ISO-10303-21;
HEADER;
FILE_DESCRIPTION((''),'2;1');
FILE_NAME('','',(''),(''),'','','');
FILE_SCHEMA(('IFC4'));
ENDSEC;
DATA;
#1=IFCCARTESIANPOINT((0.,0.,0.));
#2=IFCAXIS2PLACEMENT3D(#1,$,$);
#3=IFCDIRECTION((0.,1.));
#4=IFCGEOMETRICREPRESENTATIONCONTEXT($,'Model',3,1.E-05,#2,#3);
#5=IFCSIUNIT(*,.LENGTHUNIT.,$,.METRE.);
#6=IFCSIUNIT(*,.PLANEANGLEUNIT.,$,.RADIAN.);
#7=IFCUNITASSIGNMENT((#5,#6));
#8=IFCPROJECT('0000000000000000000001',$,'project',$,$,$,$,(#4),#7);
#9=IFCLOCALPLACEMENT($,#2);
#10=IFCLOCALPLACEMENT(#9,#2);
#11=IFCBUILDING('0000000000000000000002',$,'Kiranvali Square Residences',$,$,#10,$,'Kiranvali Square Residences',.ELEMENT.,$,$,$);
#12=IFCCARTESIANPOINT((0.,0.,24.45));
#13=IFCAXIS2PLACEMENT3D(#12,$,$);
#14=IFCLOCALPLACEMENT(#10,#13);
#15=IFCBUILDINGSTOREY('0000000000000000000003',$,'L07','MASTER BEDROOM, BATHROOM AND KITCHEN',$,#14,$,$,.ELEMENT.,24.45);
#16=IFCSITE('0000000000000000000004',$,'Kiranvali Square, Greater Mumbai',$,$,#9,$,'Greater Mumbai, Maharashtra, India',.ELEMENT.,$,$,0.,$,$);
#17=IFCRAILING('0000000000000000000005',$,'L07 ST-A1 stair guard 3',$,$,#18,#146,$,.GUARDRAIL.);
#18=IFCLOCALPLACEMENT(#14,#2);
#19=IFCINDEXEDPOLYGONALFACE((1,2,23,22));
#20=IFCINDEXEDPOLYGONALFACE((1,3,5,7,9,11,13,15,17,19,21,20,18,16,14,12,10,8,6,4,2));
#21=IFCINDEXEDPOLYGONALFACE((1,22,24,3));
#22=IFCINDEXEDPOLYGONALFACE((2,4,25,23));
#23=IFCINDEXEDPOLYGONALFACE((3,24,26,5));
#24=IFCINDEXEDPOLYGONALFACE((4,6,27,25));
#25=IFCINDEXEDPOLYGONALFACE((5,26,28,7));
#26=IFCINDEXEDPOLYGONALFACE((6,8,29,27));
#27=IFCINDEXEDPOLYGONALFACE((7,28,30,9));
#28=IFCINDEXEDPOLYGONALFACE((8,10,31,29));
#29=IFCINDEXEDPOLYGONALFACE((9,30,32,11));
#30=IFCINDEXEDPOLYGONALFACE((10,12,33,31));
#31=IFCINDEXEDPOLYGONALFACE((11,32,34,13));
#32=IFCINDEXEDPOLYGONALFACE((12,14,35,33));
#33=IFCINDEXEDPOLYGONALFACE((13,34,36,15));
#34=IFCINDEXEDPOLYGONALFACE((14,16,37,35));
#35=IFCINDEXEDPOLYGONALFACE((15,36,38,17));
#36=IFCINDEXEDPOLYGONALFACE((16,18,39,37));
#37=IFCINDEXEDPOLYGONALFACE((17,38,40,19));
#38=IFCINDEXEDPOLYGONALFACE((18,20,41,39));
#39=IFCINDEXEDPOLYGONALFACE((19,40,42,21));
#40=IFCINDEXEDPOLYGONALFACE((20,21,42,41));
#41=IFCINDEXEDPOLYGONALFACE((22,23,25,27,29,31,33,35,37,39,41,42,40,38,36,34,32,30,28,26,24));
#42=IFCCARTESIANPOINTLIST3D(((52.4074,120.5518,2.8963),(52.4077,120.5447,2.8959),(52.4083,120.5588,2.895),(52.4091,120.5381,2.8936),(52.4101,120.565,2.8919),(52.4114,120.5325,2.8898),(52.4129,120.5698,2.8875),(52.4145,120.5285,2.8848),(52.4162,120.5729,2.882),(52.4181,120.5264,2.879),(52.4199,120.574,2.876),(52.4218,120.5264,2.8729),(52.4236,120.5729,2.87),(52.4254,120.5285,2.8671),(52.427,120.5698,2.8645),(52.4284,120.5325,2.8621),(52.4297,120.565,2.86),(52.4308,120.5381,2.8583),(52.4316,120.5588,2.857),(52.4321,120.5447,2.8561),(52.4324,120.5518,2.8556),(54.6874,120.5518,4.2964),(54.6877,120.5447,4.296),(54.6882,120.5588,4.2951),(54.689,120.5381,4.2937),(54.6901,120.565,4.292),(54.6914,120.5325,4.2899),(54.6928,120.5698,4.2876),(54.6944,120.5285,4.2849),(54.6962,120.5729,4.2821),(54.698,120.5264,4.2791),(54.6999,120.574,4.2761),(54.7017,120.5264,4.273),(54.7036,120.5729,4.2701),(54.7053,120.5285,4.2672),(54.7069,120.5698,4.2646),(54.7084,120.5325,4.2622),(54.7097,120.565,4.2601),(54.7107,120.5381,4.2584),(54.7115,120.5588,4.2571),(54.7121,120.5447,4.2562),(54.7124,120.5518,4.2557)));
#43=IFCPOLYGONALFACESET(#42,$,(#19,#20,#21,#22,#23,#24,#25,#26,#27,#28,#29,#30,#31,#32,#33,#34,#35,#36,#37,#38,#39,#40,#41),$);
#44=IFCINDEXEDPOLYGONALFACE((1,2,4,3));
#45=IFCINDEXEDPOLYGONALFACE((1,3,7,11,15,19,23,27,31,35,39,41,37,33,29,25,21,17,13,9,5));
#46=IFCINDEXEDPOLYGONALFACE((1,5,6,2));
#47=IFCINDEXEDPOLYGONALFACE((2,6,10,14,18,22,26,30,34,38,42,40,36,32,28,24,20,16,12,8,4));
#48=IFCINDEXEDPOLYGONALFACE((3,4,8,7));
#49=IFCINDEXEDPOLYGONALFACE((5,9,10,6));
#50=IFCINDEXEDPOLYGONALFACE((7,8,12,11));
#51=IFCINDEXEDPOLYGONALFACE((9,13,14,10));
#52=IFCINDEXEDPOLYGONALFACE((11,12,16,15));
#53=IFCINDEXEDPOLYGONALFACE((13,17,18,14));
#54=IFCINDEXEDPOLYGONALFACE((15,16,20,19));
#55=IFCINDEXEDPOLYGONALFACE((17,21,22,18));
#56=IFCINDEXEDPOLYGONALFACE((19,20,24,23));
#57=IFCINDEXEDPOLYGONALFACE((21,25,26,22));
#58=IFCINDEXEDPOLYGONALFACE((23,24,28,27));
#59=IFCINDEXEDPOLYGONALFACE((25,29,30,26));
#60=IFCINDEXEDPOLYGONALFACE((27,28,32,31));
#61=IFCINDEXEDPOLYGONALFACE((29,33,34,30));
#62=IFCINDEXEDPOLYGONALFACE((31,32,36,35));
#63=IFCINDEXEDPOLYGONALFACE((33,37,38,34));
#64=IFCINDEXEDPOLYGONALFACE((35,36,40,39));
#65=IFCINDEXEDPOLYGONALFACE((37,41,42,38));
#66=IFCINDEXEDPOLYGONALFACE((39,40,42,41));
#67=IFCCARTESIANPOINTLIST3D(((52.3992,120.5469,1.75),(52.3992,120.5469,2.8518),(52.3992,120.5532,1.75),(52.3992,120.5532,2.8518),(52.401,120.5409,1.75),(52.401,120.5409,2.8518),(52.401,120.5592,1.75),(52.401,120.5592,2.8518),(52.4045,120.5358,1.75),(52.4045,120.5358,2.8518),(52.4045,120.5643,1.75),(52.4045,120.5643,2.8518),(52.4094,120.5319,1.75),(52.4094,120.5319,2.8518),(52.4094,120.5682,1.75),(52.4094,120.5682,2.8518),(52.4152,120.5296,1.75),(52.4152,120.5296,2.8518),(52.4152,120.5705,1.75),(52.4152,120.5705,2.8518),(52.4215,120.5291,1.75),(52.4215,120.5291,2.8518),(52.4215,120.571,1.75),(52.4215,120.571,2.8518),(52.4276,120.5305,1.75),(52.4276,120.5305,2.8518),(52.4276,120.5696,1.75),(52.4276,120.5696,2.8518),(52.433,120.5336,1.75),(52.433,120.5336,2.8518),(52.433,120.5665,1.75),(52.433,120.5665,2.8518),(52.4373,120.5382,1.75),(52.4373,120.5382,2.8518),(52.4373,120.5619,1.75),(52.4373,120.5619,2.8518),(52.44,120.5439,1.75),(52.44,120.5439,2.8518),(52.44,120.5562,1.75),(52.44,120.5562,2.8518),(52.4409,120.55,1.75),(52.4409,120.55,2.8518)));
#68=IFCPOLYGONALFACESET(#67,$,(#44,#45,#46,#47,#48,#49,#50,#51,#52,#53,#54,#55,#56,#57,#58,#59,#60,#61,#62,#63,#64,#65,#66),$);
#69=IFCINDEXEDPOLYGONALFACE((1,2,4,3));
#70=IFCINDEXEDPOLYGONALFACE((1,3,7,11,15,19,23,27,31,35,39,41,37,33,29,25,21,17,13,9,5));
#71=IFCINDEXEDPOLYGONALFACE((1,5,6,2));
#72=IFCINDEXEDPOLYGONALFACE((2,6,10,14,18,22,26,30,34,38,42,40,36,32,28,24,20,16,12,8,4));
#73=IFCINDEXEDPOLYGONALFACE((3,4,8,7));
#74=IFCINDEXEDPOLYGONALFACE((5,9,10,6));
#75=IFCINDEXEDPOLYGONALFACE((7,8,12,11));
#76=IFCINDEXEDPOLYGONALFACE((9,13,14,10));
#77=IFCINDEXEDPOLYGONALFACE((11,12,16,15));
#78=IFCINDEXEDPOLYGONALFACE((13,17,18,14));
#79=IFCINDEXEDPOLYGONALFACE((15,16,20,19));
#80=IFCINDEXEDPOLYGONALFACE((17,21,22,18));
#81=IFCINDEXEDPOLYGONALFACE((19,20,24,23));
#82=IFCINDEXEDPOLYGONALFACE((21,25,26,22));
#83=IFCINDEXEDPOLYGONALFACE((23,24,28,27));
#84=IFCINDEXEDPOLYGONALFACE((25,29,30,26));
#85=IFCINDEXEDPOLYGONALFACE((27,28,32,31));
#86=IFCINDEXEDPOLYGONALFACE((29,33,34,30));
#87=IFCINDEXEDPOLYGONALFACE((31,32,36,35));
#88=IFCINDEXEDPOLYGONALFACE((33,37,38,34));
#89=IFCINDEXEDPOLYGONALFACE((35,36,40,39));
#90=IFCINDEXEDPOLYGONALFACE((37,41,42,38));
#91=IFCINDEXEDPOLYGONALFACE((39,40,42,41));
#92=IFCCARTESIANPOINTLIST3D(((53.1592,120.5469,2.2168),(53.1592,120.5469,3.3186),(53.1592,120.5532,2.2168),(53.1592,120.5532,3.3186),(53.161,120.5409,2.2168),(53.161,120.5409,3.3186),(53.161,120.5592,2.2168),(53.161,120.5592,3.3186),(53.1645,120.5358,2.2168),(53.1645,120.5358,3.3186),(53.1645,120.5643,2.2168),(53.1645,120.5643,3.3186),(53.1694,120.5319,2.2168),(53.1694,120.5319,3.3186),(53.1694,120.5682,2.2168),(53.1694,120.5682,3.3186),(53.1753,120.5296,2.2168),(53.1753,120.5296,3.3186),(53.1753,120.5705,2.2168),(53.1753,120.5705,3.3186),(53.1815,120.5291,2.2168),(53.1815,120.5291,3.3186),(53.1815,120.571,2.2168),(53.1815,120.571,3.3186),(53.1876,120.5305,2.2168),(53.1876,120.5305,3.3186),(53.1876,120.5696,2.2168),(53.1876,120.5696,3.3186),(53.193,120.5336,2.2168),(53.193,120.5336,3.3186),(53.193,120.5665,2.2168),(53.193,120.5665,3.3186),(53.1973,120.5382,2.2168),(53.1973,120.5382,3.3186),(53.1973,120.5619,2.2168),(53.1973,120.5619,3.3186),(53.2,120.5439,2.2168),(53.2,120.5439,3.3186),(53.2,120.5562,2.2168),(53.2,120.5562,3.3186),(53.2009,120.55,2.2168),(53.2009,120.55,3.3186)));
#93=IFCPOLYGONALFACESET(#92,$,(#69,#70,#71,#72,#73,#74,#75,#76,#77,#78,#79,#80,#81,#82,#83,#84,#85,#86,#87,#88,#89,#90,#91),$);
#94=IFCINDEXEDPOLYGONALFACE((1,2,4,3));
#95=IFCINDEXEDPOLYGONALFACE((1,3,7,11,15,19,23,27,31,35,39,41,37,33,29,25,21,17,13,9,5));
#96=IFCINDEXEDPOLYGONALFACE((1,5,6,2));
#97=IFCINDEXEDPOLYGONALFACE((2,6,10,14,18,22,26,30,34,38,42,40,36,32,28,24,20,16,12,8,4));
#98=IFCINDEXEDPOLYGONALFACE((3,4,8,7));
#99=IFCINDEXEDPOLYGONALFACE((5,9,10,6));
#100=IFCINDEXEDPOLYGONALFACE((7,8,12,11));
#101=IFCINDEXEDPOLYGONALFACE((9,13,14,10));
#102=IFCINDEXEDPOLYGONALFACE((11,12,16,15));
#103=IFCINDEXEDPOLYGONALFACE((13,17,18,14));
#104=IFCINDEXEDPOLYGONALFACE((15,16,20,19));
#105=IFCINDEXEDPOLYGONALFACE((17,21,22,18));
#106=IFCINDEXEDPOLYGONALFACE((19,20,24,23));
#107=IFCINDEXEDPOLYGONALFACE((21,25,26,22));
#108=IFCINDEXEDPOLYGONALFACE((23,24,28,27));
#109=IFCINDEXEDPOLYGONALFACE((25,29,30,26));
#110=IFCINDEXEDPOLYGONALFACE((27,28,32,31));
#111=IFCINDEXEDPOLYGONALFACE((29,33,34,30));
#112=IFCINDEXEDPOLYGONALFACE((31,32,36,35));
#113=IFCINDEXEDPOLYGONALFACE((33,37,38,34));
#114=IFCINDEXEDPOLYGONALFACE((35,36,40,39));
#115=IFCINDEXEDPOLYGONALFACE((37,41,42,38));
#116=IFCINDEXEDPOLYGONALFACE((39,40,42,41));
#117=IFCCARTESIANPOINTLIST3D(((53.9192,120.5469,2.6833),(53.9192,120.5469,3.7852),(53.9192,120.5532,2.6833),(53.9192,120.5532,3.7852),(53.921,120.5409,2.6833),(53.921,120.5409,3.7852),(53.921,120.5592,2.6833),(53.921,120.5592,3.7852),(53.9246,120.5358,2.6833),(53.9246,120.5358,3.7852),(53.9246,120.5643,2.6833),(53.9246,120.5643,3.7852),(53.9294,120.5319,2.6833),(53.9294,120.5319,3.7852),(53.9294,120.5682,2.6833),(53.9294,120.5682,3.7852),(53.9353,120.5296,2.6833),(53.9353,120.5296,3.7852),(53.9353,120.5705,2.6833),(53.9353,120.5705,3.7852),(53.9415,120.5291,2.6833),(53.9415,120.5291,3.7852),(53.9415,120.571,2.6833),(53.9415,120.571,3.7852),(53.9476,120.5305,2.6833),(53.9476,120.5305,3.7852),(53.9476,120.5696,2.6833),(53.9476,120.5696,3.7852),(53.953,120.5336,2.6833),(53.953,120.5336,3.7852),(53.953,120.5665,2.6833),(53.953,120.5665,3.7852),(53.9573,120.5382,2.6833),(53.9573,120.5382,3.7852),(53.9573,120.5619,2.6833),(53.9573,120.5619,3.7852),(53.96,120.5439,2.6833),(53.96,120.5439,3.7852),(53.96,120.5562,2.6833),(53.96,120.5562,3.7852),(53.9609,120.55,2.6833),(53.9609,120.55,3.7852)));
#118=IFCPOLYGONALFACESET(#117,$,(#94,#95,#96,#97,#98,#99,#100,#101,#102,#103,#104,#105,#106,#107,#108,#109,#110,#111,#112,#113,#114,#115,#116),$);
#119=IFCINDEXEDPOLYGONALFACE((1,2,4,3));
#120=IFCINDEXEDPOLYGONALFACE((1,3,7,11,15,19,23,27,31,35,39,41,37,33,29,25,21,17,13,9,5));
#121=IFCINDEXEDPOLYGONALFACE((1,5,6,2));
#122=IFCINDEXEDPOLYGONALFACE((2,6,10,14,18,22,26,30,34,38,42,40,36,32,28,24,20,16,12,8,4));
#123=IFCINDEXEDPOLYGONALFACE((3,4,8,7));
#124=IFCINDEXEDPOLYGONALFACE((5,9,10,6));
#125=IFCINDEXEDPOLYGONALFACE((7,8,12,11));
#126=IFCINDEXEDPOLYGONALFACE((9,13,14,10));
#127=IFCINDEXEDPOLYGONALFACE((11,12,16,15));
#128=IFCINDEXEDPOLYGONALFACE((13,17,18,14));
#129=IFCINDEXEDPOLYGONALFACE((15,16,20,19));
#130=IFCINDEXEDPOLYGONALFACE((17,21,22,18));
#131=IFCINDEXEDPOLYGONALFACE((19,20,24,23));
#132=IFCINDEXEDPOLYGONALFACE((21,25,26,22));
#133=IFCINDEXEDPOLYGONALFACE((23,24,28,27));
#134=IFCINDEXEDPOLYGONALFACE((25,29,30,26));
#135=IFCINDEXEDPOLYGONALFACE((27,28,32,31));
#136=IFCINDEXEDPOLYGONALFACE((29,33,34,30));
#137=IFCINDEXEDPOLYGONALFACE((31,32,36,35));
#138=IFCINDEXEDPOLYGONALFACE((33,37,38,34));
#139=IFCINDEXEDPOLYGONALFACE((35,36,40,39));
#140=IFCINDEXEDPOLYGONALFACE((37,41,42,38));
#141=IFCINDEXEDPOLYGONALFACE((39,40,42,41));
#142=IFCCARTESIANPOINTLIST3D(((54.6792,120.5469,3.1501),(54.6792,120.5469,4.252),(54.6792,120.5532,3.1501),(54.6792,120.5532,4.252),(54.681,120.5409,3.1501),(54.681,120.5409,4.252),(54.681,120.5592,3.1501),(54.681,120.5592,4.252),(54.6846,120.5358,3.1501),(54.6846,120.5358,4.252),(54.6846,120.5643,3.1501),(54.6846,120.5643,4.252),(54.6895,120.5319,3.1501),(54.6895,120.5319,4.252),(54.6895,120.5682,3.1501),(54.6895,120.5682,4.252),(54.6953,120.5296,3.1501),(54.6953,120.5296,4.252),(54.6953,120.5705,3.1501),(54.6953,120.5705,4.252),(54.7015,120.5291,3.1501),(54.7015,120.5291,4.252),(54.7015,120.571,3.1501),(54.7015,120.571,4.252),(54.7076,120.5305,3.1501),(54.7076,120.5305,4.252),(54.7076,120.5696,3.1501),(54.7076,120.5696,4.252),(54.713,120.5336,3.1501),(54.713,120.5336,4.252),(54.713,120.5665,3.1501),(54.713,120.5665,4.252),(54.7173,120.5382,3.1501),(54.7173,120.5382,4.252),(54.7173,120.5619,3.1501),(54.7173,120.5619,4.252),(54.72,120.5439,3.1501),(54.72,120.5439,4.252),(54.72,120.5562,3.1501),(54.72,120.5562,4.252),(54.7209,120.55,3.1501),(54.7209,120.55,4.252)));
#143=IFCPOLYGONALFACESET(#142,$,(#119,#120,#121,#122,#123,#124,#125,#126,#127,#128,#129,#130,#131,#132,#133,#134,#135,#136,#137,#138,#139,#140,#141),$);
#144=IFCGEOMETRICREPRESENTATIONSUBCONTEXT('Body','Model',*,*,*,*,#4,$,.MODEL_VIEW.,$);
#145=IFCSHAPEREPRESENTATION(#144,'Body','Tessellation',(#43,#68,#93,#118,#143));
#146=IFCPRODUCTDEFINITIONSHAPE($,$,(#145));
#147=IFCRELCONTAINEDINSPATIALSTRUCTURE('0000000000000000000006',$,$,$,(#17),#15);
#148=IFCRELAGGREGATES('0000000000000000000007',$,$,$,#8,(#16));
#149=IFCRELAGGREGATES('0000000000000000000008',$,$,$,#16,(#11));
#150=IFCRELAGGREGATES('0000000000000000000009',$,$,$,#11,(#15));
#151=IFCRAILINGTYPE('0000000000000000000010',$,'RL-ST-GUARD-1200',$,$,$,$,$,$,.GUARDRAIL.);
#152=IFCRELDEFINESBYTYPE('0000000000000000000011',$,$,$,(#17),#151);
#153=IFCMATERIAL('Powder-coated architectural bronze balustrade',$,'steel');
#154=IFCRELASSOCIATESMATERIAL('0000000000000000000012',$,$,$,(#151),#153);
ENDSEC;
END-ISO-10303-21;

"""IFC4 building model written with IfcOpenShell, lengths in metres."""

from ifc_helpers import new_model, si_unit, direction, frame, origin, origin_2d, place, context, subcontext, project, spatial, circle, extrude, material, type_object, element, save


model = new_model("IFC4")

# Units and contexts
model_context = context("Model", 3, precision=1e-05, world=origin(), true_north=direction((0.0, 1.0)))
body_context = subcontext(model_context, "Body", "Model", "MODEL_VIEW")
ifc_project = project(units=[si_unit("LENGTHUNIT", "METRE"), si_unit("PLANEANGLEUNIT", "RADIAN")], contexts=[model_context])

# Site, building, storey
site_placement = place(None, origin())
site = spatial("IfcSite", under=ifc_project, at=site_placement, Name="Kiranvali Square, Greater Mumbai", LongName="Greater Mumbai, Maharashtra, India", CompositionType="ELEMENT", RefElevation=0.0)
building_placement = place(site_placement, origin())
building = spatial("IfcBuilding", under=site, at=building_placement, Name="Kiranvali Square Residences", LongName="Kiranvali Square Residences", CompositionType="ELEMENT")
storey_placement = place(building_placement, frame((0.0, 0.0, 24.45)))
storey = spatial("IfcBuildingStorey", under=building, at=storey_placement, Name="L07", Description="MASTER BEDROOM, BATHROOM AND KITCHEN", CompositionType="ELEMENT", Elevation=24.45)

# Railing
ifc_material_1 = material(Name="Powder-coated architectural bronze balustrade", Category="steel")
railing_type_1 = type_object("IfcRailingType", Name="RL-ST-GUARD-1200", PredefinedType="GUARDRAIL", material=ifc_material_1)
railing_1_placement = place(storey_placement, frame((52.4199, 120.55, 1.75)))
element("IfcRailing", 1, at=railing_1_placement, inside=storey, type_object=railing_type_1, Name="L07 ST-A1 stair guard 3", PredefinedType="GUARDRAIL", context=body_context, shape_type="SweptSolid", body=[
    extrude(circle(Radius=0.0239, at=origin_2d()), frame((0.0, 0.0, 1.126), z_axis=(0.85215, 0.0, 0.523298), x_axis=(0.0, 1.0, 0.0)), (0.0, 0.0, 1.0), 2.6755),
    extrude(circle(Radius=0.021, at=origin_2d()), origin(), (0.0, 0.0, 1.0), 1.1018),
    extrude(circle(Radius=0.021, at=origin_2d()), frame((0.76, 0.0, 0.4668)), (0.0, 0.0, 1.0), 1.1018),
    extrude(circle(Radius=0.021, at=origin_2d()), frame((1.52, 0.0, 0.9333)), (0.0, 0.0, 1.0), 1.1018),
    extrude(circle(Radius=0.021, at=origin_2d()), frame((2.28, 0.0, 1.4001)), (0.0, 0.0, 1.0), 1.1018),
])

save(model, "model.ifc")
